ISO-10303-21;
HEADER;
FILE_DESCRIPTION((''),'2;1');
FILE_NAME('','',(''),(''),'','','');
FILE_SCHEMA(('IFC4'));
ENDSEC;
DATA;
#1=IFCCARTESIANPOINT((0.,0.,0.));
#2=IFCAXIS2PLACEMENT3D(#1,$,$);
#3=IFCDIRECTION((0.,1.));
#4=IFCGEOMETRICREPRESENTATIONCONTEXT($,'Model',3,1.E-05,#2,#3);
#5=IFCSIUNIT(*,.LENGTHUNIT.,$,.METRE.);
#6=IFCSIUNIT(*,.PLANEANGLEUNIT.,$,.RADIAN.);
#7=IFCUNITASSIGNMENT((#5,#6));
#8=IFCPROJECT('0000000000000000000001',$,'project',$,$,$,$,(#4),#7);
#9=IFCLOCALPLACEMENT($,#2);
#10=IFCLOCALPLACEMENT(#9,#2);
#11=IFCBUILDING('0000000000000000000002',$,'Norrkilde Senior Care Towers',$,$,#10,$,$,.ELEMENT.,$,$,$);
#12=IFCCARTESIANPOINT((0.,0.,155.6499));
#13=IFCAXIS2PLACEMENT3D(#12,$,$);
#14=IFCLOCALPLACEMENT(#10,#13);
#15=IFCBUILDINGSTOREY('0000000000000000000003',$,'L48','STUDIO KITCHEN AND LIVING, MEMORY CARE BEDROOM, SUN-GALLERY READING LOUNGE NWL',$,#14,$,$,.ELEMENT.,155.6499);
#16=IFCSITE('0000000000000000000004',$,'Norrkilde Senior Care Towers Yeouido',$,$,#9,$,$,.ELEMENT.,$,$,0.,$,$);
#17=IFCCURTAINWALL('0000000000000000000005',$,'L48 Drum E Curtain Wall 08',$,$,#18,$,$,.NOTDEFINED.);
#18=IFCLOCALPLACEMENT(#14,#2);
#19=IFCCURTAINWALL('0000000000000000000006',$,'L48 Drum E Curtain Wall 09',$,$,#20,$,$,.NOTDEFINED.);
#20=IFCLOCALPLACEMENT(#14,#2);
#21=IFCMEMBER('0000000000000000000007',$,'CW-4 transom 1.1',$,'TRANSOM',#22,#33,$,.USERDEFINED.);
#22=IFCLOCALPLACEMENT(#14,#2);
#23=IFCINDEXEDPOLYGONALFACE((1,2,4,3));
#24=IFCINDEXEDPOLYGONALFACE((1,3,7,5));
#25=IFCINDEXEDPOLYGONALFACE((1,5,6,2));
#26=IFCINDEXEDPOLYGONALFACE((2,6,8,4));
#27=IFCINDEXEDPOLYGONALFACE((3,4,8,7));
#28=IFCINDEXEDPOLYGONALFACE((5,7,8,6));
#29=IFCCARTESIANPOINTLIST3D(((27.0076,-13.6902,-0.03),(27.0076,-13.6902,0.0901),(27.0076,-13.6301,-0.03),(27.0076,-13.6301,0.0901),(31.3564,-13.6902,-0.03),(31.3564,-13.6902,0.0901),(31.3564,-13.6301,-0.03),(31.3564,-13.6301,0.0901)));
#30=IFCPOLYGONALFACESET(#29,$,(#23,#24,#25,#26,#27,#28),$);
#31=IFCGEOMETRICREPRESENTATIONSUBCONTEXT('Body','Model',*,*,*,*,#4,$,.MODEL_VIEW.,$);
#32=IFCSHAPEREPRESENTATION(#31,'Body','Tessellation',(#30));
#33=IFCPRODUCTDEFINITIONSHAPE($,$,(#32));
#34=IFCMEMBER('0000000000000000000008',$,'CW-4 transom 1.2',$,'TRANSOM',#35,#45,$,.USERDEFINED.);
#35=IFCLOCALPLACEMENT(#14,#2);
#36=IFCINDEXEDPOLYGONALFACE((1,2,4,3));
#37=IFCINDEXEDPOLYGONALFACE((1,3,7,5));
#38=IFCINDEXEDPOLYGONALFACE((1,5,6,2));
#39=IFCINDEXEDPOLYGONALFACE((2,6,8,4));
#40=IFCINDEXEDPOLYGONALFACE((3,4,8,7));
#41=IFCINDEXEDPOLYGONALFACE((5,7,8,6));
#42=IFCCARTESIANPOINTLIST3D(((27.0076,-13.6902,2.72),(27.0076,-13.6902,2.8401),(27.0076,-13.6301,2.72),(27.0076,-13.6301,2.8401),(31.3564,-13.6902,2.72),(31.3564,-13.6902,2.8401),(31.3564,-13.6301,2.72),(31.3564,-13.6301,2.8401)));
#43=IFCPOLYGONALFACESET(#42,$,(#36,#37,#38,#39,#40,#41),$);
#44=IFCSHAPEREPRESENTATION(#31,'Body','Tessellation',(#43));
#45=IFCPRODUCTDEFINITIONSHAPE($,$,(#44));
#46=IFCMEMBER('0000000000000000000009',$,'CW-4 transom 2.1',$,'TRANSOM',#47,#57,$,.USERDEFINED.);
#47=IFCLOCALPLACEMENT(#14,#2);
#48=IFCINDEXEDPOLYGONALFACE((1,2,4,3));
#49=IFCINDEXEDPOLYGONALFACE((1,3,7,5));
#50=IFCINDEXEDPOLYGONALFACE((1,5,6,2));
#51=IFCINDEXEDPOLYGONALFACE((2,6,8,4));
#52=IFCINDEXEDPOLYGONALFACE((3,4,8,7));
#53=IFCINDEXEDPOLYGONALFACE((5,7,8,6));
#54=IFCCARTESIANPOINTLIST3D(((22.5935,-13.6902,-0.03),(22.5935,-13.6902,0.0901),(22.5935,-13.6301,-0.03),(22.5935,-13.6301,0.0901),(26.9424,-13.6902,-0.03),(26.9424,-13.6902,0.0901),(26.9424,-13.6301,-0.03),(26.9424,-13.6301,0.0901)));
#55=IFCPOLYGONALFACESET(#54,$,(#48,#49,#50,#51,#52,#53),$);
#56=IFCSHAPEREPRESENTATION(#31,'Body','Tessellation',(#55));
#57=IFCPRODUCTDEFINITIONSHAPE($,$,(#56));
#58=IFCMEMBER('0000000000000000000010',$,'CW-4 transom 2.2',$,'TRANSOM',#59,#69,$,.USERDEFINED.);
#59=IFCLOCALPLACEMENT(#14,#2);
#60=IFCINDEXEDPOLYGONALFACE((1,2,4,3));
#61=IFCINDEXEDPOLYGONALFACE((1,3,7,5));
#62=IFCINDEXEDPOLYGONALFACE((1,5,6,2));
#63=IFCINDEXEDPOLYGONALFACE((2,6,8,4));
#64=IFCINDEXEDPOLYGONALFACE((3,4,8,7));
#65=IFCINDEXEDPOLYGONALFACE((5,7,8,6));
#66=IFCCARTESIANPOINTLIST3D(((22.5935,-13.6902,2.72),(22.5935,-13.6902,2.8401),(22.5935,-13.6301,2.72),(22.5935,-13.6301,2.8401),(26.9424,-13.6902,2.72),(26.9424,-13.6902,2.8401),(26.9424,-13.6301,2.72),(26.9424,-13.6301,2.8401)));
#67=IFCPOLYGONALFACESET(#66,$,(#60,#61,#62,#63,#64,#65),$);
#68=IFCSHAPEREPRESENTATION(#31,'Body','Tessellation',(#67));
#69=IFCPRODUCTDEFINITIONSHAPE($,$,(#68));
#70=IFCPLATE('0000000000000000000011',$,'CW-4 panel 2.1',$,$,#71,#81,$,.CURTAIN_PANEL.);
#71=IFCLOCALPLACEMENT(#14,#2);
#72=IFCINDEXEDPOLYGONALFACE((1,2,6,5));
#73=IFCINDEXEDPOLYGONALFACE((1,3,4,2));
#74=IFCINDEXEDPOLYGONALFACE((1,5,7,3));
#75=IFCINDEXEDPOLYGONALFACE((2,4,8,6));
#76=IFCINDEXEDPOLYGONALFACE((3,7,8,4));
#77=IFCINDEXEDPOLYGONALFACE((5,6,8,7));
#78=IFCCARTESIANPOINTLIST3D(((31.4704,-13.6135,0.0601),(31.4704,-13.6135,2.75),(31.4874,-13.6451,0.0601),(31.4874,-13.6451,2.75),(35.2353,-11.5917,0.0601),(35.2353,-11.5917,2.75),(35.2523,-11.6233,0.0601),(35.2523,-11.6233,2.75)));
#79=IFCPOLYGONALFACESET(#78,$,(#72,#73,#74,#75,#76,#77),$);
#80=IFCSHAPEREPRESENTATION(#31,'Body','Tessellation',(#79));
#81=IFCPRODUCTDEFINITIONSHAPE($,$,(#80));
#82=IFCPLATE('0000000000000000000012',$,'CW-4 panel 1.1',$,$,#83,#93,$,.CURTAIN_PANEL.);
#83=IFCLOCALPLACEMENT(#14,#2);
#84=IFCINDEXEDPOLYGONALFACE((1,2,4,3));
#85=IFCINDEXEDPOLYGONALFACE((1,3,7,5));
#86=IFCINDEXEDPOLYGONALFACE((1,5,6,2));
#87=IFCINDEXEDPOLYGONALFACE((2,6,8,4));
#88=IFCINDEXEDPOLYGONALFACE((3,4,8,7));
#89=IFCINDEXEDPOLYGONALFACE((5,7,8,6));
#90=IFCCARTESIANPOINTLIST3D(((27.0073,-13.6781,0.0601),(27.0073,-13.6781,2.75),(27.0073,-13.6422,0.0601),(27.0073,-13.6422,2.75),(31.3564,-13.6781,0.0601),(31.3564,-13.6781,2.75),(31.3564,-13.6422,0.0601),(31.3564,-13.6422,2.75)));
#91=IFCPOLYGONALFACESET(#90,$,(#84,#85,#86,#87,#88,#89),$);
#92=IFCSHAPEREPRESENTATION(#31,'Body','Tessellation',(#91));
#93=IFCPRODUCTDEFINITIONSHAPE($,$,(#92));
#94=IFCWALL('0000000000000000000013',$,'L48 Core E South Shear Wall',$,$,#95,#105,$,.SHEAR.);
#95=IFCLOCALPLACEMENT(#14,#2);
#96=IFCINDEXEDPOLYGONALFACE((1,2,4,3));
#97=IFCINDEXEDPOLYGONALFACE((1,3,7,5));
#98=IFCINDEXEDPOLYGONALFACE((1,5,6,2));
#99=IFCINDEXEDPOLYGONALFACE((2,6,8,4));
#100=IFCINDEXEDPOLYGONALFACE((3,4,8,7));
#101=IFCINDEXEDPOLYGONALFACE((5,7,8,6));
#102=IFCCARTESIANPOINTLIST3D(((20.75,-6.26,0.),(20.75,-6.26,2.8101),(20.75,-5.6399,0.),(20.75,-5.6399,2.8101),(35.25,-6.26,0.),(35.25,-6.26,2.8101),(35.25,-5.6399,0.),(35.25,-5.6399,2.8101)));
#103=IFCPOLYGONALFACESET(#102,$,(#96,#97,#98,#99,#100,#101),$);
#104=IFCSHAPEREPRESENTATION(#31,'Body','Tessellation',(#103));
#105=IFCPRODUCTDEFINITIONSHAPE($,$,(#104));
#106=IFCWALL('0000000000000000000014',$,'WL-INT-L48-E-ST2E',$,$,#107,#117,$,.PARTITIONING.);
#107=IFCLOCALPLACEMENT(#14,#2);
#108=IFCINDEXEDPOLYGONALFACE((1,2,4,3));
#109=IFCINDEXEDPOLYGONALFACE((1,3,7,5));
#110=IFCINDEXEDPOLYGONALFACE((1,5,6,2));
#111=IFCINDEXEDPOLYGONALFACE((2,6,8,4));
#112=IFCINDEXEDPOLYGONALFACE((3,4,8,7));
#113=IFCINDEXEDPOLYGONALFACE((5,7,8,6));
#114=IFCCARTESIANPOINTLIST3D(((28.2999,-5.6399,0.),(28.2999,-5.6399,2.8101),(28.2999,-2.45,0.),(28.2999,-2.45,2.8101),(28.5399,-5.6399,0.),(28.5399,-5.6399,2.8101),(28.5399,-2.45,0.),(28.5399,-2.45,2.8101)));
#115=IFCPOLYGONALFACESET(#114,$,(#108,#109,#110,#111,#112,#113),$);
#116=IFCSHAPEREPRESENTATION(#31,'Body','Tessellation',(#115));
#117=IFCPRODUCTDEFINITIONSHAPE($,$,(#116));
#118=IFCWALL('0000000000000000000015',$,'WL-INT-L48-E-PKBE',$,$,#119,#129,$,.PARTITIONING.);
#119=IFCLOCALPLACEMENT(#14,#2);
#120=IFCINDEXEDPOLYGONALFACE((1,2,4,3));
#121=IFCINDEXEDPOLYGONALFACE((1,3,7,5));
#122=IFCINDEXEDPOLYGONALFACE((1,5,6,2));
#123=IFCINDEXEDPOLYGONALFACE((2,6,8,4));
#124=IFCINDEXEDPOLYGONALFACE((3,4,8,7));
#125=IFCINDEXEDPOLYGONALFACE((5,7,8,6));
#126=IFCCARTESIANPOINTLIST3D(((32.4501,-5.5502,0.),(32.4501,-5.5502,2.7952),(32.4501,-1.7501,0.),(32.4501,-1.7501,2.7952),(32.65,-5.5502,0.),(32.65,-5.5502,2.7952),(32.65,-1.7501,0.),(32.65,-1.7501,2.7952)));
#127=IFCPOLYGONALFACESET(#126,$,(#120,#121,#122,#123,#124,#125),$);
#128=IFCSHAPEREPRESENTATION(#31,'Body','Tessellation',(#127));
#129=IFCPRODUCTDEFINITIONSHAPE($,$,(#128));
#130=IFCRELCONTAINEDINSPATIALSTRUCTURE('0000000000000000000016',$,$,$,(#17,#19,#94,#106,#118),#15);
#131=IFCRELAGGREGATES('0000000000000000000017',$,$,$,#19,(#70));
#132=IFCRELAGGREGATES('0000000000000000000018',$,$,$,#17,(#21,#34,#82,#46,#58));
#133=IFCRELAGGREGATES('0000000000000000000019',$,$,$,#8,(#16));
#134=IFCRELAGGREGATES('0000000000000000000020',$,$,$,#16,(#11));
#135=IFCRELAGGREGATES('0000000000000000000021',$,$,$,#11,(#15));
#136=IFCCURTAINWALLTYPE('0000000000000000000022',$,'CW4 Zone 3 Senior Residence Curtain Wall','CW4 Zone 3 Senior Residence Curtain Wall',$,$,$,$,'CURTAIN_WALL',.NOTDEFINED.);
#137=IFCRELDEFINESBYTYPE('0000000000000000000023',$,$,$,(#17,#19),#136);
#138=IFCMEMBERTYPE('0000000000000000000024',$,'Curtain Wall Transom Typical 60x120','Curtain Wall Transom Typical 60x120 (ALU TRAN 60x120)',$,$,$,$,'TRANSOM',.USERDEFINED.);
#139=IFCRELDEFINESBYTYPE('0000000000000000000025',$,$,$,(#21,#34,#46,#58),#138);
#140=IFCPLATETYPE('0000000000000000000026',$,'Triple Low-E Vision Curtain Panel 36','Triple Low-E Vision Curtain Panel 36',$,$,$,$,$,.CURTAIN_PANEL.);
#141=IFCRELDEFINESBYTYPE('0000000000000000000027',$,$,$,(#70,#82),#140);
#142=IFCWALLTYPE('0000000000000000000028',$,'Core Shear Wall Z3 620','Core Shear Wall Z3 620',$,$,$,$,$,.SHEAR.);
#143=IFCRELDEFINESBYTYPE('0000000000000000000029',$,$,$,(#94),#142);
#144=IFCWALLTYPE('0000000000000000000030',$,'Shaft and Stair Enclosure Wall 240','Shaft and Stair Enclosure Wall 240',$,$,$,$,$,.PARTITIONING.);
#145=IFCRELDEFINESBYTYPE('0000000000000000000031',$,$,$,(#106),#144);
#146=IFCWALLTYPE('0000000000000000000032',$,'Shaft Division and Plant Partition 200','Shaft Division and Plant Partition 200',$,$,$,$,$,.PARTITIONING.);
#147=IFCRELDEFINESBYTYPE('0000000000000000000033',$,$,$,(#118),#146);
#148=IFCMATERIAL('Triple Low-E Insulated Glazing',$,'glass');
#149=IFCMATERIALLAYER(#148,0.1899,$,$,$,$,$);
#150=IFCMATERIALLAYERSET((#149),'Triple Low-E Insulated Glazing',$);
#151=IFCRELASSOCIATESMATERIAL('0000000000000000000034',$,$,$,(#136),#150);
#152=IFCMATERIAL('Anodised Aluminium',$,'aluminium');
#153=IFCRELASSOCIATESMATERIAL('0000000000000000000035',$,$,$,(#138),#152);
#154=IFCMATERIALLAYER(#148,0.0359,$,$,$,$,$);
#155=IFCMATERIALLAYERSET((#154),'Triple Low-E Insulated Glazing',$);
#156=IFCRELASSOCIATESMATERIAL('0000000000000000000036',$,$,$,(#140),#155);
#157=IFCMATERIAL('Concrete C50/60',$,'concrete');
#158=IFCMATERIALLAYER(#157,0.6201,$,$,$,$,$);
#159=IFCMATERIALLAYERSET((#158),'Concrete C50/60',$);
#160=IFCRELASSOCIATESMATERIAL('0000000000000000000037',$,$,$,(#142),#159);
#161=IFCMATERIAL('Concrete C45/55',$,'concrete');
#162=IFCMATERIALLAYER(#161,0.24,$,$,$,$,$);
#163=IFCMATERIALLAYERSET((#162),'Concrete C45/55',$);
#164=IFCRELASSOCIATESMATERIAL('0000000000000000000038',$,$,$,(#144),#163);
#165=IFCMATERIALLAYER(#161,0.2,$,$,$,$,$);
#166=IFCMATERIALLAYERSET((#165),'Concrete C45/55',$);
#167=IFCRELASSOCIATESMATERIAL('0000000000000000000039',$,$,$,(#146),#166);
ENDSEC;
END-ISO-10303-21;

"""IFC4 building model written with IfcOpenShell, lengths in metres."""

from ifc_helpers import new_model, si_unit, direction, frame, frame_2d, origin, origin_2d, place, context, subcontext, project, spatial, rectangle, extrude, source, transform, mapped, material, layer, layer_set, material_profile, profile_set, type_object, type_shapes, element, aggregate, save


model = new_model("IFC4")

# Units and contexts
model_context = context("Model", 3, precision=1e-05, world=origin(), true_north=direction((0.0, 1.0)))
body_context = subcontext(model_context, "Body", "Model", "MODEL_VIEW")
ifc_project = project(units=[si_unit("LENGTHUNIT", "METRE"), si_unit("PLANEANGLEUNIT", "RADIAN")], contexts=[model_context])

# Site, building, storey
site_placement = place(None, origin())
site = spatial("IfcSite", under=ifc_project, at=site_placement, Name="Norrkilde Senior Care Towers Yeouido", CompositionType="ELEMENT", RefElevation=0.0)
building_placement = place(site_placement, origin())
building = spatial("IfcBuilding", under=site, at=building_placement, Name="Norrkilde Senior Care Towers", CompositionType="ELEMENT")
storey_placement = place(building_placement, frame((0.0, 0.0, 155.6499)))
storey = spatial("IfcBuildingStorey", under=building, at=storey_placement, Name="L48", Description="STUDIO KITCHEN AND LIVING, MEMORY CARE BEDROOM, SUN-GALLERY READING LOUNGE NWL", CompositionType="ELEMENT", Elevation=155.6499)

# Shared definitions
ifc_material_1 = material(Name="Concrete C50/60", Category="concrete")

# Curtain walls
ifc_material_2 = material(Name="Triple Low-E Insulated Glazing", Category="glass")
ifc_layer_1 = layer(ifc_material_2, 0.1899)
ifc_layer_set_1 = layer_set([ifc_layer_1], Name="Triple Low-E Insulated Glazing")
curtain_wall_type = type_object("IfcCurtainWallType", Name="CW4 Zone 3 Senior Residence Curtain Wall", Description="CW4 Zone 3 Senior Residence Curtain Wall", ElementType="CURTAIN_WALL", PredefinedType="NOTDEFINED", material=ifc_layer_set_1)
curtain_wall_1_placement = place(storey_placement, origin())
curtain_wall_1 = element("IfcCurtainWall", 1, at=curtain_wall_1_placement, inside=storey, type_object=curtain_wall_type, Name="L48 Drum E Curtain Wall 08", PredefinedType="NOTDEFINED")
ifc_material_3 = material(Name="Anodised Aluminium", Category="aluminium")
curtain_wall_2_placement = place(storey_placement, origin())
curtain_wall_2 = element("IfcCurtainWall", 2, at=curtain_wall_2_placement, inside=storey, type_object=curtain_wall_type, Name="L48 Drum E Curtain Wall 09", PredefinedType="NOTDEFINED")
ifc_material_profile_1 = material_profile(ifc_material_3, rectangle(XDim=0.0601, YDim=0.1201, at=origin_2d()), Name="ALU TRAN 60x120")
ifc_profile_set_1 = profile_set([ifc_material_profile_1], Name="Anodised Aluminium")
member_type_1 = type_object("IfcMemberType", Name="Curtain Wall Transom Typical 60x120", Description="Curtain Wall Transom Typical 60x120 (ALU TRAN 60x120)", ElementType="TRANSOM", PredefinedType="USERDEFINED", material=ifc_profile_set_1)

# Members
shared_shape_1 = source(origin(), body_context, "Body", "SweptSolid", [
    extrude(rectangle(XDim=0.0601, YDim=0.1201, at=origin_2d()), origin(), (0.0, 0.0, 1.0), 4.3489),
])
member_1_placement = place(storey_placement, frame((31.3564, -13.6602, 0.03), z_axis=(-1.0, 0.0, 0.0), x_axis=(0.0, -1.0, 0.0)))
member_1 = element("IfcMember", 3, at=member_1_placement, type_object=member_type_1, Name="CW-4 transom 1.1", ObjectType="TRANSOM", PredefinedType="USERDEFINED", context=body_context, shape_type="MappedRepresentation", body=[
    mapped(shared_shape_1, transform((0.0, 0.0, 0.0), x_axis=(1.0, 0.0, 0.0), y_axis=(0.0, 1.0, 0.0), z_axis=(0.0, 0.0, 1.0), scale=1.0)),
])
member_2_placement = place(storey_placement, frame((31.3564, -13.6602, 2.78), z_axis=(-1.0, 0.0, 0.0), x_axis=(0.0, -1.0, 0.0)))
member_2 = element("IfcMember", 4, at=member_2_placement, type_object=member_type_1, Name="CW-4 transom 1.2", ObjectType="TRANSOM", PredefinedType="USERDEFINED", context=body_context, shape_type="MappedRepresentation", body=[
    mapped(shared_shape_1, transform((0.0, 0.0, 0.0), x_axis=(1.0, 0.0, 0.0), y_axis=(0.0, 1.0, 0.0), z_axis=(0.0, 0.0, 1.0), scale=1.0)),
])
member_3_placement = place(storey_placement, frame((26.9424, -13.6602, 0.03), z_axis=(-1.0, 0.0, 0.0), x_axis=(0.0, -1.0, 0.0)))
member_3 = element("IfcMember", 5, at=member_3_placement, type_object=member_type_1, Name="CW-4 transom 2.1", ObjectType="TRANSOM", PredefinedType="USERDEFINED", context=body_context, shape_type="MappedRepresentation", body=[
    mapped(shared_shape_1, transform((0.0, 0.0, 0.0), x_axis=(1.0, 0.0, 0.0), y_axis=(0.0, 1.0, 0.0), z_axis=(0.0, 0.0, 1.0), scale=1.0)),
])
member_4_placement = place(storey_placement, frame((26.9424, -13.6602, 2.78), z_axis=(-1.0, 0.0, 0.0), x_axis=(0.0, -1.0, 0.0)))
member_4 = element("IfcMember", 6, at=member_4_placement, type_object=member_type_1, Name="CW-4 transom 2.2", ObjectType="TRANSOM", PredefinedType="USERDEFINED", context=body_context, shape_type="MappedRepresentation", body=[
    mapped(shared_shape_1, transform((0.0, 0.0, 0.0), x_axis=(1.0, 0.0, 0.0), y_axis=(0.0, 1.0, 0.0), z_axis=(0.0, 0.0, 1.0), scale=1.0)),
])

# Plates
ifc_layer_2 = layer(ifc_material_2, 0.0359)
ifc_layer_set_2 = layer_set([ifc_layer_2], Name="Triple Low-E Insulated Glazing")
plate_type = type_object("IfcPlateType", Name="Triple Low-E Vision Curtain Panel 36", Description="Triple Low-E Vision Curtain Panel 36", PredefinedType="CURTAIN_PANEL", material=ifc_layer_set_2)
shared_shape_2 = source(origin(), body_context, "Body", "SweptSolid", [
    extrude(rectangle(XDim=4.2734, YDim=0.0359, at=origin_2d()), origin(), (0.0, 0.0, 1.0), 2.6899),
])
plate_1_placement = place(storey_placement, frame((33.3613, -12.6184, 0.0601), z_axis=(0.0, 0.0, 1.0), x_axis=(-0.881, -0.473117, 0.0)))
plate_1 = element("IfcPlate", 7, at=plate_1_placement, type_object=plate_type, Name="CW-4 panel 2.1", PredefinedType="CURTAIN_PANEL", context=body_context, shape_type="MappedRepresentation", body=[
    mapped(shared_shape_2, transform((0.0, 0.0, 0.0), x_axis=(1.0, 0.0, 0.0), y_axis=(0.0, 1.0, 0.0), z_axis=(0.0, 0.0, 1.0), scale=1.0)),
])
aggregate(curtain_wall_2, [plate_1])
shared_shape_3 = source(origin(), body_context, "Body", "SweptSolid", [
    extrude(rectangle(XDim=4.3491, YDim=0.0359, at=origin_2d()), origin(), (0.0, 0.0, 1.0), 2.6899),
])
type_shapes(plate_type, [shared_shape_2, shared_shape_3])
plate_2_placement = place(storey_placement, frame((29.1819, -13.6602, 0.0601), z_axis=(0.0, 0.0, 1.0), x_axis=(-1.0, 0.0, 0.0)))
plate_2 = element("IfcPlate", 8, at=plate_2_placement, type_object=plate_type, Name="CW-4 panel 1.1", PredefinedType="CURTAIN_PANEL", context=body_context, shape_type="MappedRepresentation", body=[
    mapped(shared_shape_3, transform((0.0, 0.0, 0.0), x_axis=(1.0, 0.0, 0.0), y_axis=(0.0, 1.0, 0.0), z_axis=(0.0, 0.0, 1.0), scale=1.0)),
])
aggregate(curtain_wall_1, [member_1, member_2, plate_2, member_3, member_4])

# Walls
ifc_layer_3 = layer(ifc_material_1, 0.6201)
ifc_layer_set_3 = layer_set([ifc_layer_3], Name="Concrete C50/60")
wall_type_1 = type_object("IfcWallType", Name="Core Shear Wall Z3 620", Description="Core Shear Wall Z3 620", PredefinedType="SHEAR", material=ifc_layer_set_3)
shared_shape_4 = source(origin(), body_context, "Body", "SweptSolid", [
    extrude(rectangle(XDim=14.5, YDim=0.6201, at=frame_2d((7.25, 0.0))), origin(), (0.0, 0.0, 1.0), 2.8101),
])
type_shapes(wall_type_1, [shared_shape_4])
wall_1_placement = place(storey_placement, frame((35.25, -5.95, 0.0), z_axis=(0.0, 0.0, 1.0), x_axis=(-1.0, 0.0, 0.0)))
element("IfcWall", 9, at=wall_1_placement, inside=storey, type_object=wall_type_1, Name="L48 Core E South Shear Wall", PredefinedType="SHEAR", context=body_context, shape_type="MappedRepresentation", body=[
    mapped(shared_shape_4, transform((0.0, 0.0, 0.0), x_axis=(1.0, 0.0, 0.0), y_axis=(0.0, 1.0, 0.0), z_axis=(0.0, 0.0, 1.0), scale=1.0)),
])
ifc_material_4 = material(Name="Concrete C45/55", Category="concrete")
ifc_layer_4 = layer(ifc_material_4, 0.24)
ifc_layer_set_4 = layer_set([ifc_layer_4], Name="Concrete C45/55")
wall_type_2 = type_object("IfcWallType", Name="Shaft and Stair Enclosure Wall 240", Description="Shaft and Stair Enclosure Wall 240", PredefinedType="PARTITIONING", material=ifc_layer_set_4)
shared_shape_5 = source(origin(), body_context, "Body", "SweptSolid", [
    extrude(rectangle(XDim=3.1899, YDim=0.24, at=frame_2d((1.595, 0.0))), origin(), (0.0, 0.0, 1.0), 2.8101),
])
type_shapes(wall_type_2, [shared_shape_5])
wall_2_placement = place(storey_placement, frame((28.4199, -5.6399, 0.0), z_axis=(0.0, 0.0, 1.0), x_axis=(0.0, 1.0, 0.0)))
element("IfcWall", 10, at=wall_2_placement, inside=storey, type_object=wall_type_2, Name="WL-INT-L48-E-ST2E", PredefinedType="PARTITIONING", context=body_context, shape_type="MappedRepresentation", body=[
    mapped(shared_shape_5, transform((0.0, 0.0, 0.0), x_axis=(1.0, 0.0, 0.0), y_axis=(0.0, 1.0, 0.0), z_axis=(0.0, 0.0, 1.0), scale=1.0)),
])

# Wall
ifc_layer_5 = layer(ifc_material_4, 0.2)
ifc_layer_set_5 = layer_set([ifc_layer_5], Name="Concrete C45/55")
wall_type_3 = type_object("IfcWallType", Name="Shaft Division and Plant Partition 200", Description="Shaft Division and Plant Partition 200", PredefinedType="PARTITIONING", material=ifc_layer_set_5)
shared_shape_6 = source(origin(), body_context, "Body", "SweptSolid", [
    extrude(rectangle(XDim=3.8, YDim=0.2, at=frame_2d((1.8999, 0.0))), origin(), (0.0, 0.0, 1.0), 2.7952),
])
type_shapes(wall_type_3, [shared_shape_6])
wall_3_placement = place(storey_placement, frame((32.55, -5.55, 0.0), z_axis=(0.0, 0.0, 1.0), x_axis=(0.0, 1.0, 0.0)))
element("IfcWall", 11, at=wall_3_placement, inside=storey, type_object=wall_type_3, Name="WL-INT-L48-E-PKBE", PredefinedType="PARTITIONING", context=body_context, shape_type="MappedRepresentation", body=[
    mapped(shared_shape_6, transform((0.0, 0.0, 0.0), x_axis=(1.0, 0.0, 0.0), y_axis=(0.0, 1.0, 0.0), z_axis=(0.0, 0.0, 1.0), scale=1.0)),
])

save(model, "model.ifc")
